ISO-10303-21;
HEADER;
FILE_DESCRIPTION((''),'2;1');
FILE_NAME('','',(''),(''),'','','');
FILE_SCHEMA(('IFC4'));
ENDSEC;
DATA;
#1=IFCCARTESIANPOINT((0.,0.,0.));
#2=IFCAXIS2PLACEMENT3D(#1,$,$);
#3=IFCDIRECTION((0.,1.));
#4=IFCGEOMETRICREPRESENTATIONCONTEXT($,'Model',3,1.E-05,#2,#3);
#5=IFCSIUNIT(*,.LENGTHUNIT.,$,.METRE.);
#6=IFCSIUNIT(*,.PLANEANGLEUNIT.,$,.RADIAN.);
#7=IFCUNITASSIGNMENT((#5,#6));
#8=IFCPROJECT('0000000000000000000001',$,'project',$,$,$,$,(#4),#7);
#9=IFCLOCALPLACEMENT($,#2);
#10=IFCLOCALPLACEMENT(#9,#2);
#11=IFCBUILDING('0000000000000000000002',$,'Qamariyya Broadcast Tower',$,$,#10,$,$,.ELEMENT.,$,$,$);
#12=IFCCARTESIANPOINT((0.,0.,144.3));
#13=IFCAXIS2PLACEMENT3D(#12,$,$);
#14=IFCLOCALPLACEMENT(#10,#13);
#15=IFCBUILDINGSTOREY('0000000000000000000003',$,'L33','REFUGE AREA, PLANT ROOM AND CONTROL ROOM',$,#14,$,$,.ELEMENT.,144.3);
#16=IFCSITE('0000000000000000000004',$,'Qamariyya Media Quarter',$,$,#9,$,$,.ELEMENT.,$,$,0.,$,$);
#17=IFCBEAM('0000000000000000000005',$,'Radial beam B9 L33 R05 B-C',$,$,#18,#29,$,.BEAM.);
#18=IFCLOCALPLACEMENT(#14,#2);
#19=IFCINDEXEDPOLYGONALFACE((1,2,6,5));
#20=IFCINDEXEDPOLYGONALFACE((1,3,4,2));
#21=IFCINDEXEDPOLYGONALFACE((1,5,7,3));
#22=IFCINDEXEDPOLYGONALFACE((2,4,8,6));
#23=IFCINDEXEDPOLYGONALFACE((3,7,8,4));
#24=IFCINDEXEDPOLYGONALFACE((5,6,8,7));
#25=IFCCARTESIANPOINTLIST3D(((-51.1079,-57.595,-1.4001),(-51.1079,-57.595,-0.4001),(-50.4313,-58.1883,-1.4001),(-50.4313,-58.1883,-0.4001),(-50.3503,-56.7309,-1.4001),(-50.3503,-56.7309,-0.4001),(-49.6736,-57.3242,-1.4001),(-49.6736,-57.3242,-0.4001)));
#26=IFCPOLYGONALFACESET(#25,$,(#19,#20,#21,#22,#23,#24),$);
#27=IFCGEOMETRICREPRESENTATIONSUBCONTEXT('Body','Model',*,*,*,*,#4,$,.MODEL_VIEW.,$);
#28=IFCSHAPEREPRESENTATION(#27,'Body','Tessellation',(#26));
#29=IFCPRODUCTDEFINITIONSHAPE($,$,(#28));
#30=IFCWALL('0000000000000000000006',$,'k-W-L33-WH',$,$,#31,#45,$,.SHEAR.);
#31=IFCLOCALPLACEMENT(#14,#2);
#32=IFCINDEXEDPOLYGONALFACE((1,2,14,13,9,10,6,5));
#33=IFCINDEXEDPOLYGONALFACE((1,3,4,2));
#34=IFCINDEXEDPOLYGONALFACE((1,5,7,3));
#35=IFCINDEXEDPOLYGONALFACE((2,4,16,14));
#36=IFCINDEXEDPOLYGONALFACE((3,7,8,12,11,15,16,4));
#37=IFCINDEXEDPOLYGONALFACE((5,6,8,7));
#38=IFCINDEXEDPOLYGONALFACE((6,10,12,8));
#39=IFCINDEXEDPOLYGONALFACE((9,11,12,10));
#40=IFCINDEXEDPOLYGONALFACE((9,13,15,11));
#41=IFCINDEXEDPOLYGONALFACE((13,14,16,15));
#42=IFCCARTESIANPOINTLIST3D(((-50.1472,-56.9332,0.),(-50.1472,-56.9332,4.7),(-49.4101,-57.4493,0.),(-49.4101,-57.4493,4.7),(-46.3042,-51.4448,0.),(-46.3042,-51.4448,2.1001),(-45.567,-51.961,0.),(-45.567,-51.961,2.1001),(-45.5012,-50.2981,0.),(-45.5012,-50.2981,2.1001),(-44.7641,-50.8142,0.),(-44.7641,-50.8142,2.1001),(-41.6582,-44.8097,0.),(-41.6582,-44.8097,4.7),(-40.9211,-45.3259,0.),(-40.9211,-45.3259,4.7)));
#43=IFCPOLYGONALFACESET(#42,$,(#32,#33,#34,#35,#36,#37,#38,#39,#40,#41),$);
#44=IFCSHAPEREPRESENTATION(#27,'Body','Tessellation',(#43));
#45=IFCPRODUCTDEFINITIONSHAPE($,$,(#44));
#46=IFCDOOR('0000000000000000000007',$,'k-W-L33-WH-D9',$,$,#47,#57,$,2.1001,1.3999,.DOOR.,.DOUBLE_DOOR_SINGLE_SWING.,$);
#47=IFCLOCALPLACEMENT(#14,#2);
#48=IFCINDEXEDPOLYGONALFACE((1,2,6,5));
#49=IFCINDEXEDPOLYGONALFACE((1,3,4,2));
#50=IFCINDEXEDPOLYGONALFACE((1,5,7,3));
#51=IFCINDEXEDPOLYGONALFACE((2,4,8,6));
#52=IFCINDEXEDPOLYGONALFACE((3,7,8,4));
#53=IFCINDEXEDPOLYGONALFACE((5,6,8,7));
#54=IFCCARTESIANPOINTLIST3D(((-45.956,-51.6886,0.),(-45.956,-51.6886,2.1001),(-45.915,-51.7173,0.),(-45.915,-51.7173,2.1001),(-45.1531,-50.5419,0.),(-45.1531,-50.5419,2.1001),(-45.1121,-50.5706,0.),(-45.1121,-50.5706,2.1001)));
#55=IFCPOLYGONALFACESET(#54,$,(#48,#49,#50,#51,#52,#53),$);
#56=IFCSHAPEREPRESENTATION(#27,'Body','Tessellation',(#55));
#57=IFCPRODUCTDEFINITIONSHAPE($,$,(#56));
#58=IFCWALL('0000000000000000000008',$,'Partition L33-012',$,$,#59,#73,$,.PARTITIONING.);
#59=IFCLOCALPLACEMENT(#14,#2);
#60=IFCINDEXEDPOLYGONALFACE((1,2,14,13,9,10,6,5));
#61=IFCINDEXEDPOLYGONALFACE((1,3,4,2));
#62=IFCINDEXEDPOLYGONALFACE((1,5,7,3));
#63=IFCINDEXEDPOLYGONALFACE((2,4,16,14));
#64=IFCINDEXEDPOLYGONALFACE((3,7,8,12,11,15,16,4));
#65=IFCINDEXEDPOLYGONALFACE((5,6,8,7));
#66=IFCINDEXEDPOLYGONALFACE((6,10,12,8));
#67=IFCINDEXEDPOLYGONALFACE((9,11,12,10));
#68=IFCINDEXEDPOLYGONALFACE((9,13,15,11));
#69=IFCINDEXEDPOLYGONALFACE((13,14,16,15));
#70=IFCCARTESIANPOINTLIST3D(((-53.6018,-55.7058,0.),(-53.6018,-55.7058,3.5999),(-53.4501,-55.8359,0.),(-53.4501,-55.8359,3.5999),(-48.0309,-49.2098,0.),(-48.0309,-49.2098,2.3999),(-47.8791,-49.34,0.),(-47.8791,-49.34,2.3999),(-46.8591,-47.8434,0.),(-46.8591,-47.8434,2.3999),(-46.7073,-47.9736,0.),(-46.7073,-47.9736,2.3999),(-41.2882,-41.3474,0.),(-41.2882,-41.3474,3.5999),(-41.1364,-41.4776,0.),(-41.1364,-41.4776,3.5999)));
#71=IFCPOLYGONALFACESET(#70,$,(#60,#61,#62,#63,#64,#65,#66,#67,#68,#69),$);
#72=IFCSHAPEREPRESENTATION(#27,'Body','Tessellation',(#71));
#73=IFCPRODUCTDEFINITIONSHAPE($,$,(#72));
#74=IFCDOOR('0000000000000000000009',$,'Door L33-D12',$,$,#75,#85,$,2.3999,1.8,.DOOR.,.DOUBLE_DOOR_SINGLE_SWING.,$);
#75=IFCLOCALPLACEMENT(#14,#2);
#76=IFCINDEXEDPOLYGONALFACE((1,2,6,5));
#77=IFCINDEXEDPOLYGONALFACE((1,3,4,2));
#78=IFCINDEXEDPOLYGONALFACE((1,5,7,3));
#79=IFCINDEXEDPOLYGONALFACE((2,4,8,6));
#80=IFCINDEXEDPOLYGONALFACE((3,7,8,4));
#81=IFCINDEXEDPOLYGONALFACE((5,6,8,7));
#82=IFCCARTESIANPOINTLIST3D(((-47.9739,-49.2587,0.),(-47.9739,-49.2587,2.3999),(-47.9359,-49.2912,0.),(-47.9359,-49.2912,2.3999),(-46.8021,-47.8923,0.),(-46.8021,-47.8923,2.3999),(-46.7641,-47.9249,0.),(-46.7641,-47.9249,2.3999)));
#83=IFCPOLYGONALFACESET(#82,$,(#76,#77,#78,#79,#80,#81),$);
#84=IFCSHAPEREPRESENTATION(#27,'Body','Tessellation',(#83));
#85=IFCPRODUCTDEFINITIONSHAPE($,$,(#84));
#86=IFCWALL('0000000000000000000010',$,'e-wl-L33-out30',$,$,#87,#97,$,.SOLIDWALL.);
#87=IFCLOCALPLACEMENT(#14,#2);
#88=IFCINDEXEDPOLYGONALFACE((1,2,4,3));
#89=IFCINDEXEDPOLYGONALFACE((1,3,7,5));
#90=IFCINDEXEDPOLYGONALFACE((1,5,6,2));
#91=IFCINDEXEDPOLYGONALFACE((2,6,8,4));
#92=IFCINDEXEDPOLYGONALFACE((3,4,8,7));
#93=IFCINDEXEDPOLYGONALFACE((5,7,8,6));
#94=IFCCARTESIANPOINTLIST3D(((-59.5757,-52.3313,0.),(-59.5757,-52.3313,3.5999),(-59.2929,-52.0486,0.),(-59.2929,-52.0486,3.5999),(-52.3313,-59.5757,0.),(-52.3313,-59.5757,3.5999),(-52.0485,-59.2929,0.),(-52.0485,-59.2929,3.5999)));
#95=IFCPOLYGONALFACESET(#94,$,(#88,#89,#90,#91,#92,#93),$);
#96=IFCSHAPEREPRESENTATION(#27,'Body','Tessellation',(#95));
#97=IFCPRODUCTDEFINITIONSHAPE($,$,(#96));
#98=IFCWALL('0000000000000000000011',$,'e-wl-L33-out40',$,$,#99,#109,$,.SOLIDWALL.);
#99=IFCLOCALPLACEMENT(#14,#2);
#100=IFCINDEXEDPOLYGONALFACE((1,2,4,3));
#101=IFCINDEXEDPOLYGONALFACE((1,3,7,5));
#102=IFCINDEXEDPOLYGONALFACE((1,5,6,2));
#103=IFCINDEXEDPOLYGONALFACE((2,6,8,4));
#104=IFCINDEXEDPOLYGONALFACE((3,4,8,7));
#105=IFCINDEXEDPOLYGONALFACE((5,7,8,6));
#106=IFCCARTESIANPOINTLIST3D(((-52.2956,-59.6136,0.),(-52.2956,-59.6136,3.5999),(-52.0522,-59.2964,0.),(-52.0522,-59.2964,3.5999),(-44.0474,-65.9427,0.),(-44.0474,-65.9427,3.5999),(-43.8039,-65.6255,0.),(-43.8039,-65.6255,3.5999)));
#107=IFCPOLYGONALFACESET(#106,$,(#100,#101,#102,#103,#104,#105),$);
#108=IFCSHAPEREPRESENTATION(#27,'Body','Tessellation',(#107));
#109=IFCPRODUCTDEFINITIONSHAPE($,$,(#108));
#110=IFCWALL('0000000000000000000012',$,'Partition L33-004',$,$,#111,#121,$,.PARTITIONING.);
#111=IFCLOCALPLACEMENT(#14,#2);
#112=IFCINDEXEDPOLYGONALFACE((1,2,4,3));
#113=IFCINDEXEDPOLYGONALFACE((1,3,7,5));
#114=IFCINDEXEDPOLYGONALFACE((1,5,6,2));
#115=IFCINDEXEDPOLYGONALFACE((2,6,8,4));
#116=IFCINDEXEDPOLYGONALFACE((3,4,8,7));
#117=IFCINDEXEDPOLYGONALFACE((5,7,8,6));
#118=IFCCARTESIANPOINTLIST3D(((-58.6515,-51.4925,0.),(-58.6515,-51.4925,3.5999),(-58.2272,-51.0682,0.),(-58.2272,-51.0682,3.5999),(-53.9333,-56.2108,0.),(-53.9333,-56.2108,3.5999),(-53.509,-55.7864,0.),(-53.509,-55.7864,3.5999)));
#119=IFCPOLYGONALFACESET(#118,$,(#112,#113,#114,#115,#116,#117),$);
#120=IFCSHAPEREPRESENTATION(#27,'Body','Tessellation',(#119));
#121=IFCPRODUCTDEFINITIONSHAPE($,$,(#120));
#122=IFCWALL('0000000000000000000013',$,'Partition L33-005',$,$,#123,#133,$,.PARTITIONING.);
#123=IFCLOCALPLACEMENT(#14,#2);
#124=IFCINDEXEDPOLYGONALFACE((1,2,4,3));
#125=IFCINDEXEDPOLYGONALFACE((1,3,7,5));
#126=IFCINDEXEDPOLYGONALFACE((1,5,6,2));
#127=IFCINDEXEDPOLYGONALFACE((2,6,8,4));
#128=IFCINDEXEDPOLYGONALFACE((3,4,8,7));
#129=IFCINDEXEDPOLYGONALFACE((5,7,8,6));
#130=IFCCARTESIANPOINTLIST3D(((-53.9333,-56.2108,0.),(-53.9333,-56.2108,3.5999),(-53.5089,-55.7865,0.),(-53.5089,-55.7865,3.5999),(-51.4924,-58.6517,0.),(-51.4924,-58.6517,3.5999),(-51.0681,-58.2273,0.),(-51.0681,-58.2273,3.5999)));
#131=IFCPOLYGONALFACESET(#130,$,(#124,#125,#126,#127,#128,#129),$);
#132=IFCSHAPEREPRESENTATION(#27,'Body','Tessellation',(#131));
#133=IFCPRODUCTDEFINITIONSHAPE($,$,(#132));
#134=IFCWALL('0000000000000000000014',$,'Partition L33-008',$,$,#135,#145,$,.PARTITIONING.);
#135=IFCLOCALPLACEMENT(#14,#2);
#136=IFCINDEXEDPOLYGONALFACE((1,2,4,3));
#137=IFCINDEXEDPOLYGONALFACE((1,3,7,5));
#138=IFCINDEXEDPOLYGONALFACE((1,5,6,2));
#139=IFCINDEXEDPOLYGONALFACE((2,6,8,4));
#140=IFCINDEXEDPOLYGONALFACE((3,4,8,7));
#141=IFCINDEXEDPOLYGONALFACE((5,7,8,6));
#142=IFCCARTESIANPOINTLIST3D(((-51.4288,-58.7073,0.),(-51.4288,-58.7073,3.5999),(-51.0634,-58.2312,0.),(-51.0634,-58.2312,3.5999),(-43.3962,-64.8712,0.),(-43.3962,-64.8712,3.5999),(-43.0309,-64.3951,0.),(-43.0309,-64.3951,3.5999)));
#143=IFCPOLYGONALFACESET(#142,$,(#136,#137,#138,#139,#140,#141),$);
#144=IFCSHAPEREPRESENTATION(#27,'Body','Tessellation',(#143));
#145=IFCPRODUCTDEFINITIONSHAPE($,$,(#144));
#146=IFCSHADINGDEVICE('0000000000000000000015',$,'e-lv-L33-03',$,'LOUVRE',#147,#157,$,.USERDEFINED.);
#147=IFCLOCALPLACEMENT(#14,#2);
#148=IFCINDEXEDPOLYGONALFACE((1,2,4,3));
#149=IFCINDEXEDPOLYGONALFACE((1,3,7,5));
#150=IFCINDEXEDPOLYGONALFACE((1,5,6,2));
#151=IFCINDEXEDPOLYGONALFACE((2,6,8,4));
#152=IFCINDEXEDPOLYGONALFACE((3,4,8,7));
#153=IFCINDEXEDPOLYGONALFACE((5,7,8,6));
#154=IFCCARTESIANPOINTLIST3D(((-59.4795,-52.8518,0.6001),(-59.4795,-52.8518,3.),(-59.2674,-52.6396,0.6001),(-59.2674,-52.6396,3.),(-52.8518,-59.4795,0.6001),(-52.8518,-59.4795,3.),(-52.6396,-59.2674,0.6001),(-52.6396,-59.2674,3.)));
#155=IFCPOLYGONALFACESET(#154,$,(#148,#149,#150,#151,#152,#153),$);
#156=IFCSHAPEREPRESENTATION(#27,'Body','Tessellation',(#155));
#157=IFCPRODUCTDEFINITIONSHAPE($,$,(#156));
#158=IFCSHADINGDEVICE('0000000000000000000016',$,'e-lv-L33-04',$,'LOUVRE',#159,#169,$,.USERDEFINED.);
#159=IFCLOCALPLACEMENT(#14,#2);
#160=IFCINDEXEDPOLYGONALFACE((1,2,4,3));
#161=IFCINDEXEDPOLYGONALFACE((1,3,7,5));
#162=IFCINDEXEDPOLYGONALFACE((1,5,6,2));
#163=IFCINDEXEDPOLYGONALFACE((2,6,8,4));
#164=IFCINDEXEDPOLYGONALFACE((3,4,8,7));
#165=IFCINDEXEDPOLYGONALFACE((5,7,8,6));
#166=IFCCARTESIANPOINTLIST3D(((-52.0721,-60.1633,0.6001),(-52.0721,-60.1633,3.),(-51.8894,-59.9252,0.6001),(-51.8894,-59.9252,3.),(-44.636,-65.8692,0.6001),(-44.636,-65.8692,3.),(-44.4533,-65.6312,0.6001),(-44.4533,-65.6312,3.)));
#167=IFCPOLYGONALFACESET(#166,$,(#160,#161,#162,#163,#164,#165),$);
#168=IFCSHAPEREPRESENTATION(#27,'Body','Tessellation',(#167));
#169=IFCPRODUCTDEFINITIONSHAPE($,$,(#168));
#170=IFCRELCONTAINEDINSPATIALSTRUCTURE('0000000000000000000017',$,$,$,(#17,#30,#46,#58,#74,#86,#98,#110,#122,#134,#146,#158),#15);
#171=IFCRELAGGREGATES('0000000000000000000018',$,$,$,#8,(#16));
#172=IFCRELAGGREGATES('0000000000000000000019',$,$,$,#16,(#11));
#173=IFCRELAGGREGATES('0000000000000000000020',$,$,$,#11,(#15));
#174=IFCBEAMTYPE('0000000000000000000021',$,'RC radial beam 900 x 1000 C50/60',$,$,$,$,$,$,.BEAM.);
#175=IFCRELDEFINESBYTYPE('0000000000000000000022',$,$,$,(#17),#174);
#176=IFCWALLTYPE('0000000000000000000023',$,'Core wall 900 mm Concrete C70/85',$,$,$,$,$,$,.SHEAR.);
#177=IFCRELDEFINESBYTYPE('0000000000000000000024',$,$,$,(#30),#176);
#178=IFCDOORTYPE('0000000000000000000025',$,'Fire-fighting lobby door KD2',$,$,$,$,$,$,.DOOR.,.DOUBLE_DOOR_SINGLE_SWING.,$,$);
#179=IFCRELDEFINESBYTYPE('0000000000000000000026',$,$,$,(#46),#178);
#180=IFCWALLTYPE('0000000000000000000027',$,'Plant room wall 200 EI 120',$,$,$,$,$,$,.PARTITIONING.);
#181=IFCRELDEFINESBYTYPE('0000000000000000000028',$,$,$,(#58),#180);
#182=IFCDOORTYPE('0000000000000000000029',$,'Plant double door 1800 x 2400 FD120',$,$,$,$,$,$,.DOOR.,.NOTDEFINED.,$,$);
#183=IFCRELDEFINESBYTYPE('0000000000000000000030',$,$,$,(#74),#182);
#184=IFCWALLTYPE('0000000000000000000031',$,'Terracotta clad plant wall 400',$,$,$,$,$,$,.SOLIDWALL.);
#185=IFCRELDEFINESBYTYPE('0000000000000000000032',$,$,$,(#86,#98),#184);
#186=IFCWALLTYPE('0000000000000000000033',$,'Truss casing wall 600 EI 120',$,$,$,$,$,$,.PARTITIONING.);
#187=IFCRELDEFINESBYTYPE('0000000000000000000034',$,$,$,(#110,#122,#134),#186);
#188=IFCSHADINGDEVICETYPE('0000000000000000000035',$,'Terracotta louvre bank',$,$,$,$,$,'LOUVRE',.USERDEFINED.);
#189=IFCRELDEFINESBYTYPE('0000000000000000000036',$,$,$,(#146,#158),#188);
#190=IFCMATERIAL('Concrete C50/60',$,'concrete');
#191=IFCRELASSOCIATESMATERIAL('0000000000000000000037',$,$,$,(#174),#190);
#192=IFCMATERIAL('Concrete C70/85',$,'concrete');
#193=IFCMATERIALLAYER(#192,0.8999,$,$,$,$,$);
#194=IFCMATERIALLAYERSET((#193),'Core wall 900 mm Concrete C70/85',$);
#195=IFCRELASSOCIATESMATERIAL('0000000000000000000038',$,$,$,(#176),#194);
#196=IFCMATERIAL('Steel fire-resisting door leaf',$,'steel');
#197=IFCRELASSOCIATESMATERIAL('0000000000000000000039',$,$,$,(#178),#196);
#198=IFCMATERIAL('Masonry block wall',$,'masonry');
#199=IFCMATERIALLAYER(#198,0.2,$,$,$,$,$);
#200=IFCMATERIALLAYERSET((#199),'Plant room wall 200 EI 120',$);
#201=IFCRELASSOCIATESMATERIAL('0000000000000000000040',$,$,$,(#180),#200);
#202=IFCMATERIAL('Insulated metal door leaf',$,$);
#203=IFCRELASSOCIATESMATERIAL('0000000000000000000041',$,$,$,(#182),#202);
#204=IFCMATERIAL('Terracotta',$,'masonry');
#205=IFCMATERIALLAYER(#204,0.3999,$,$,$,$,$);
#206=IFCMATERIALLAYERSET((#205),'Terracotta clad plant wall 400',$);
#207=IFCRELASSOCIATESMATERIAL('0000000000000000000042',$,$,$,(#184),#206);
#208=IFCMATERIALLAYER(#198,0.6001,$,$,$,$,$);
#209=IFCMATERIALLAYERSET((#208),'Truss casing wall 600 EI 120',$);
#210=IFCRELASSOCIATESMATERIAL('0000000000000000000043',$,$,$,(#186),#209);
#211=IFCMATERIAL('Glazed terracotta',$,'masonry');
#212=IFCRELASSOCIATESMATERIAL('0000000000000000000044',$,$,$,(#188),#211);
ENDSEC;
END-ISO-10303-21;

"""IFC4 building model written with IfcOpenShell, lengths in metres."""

from ifc_helpers import new_model, si_unit, direction, frame, frame_2d, origin, origin_2d, place, context, subcontext, project, spatial, rectangle, extrude, material, layer, layer_set, material_profile, profile_set, type_object, element, fill, save


model = new_model("IFC4")

# Units and contexts
model_context = context("Model", 3, precision=1e-05, world=origin(), true_north=direction((0.0, 1.0)))
body_context = subcontext(model_context, "Body", "Model", "MODEL_VIEW")
ifc_project = project(units=[si_unit("LENGTHUNIT", "METRE"), si_unit("PLANEANGLEUNIT", "RADIAN")], contexts=[model_context])

# Site, building, storey
site_placement = place(None, origin())
site = spatial("IfcSite", under=ifc_project, at=site_placement, Name="Qamariyya Media Quarter", CompositionType="ELEMENT", RefElevation=0.0)
building_placement = place(site_placement, origin())
building = spatial("IfcBuilding", under=site, at=building_placement, Name="Qamariyya Broadcast Tower", CompositionType="ELEMENT")
storey_placement = place(building_placement, frame((0.0, 0.0, 144.3)))
storey = spatial("IfcBuildingStorey", under=building, at=storey_placement, Name="L33", Description="REFUGE AREA, PLANT ROOM AND CONTROL ROOM", CompositionType="ELEMENT", Elevation=144.3)

# Shared definitions
ifc_material_1 = material(Name="Concrete C70/85", Category="concrete")

# Beam
ifc_material_2 = material(Name="Concrete C50/60", Category="concrete")
ifc_material_profile_1 = material_profile(ifc_material_2, rectangle(XDim=0.8999, YDim=1.0, at=origin_2d()))
ifc_profile_set_1 = profile_set([ifc_material_profile_1], Name="Concrete C50/60")
beam_type_1 = type_object("IfcBeamType", Name="RC radial beam 900 x 1000 C50/60", PredefinedType="BEAM", material=ifc_profile_set_1)
beam_1_placement = place(storey_placement, frame((-50.012, -57.0276, -0.9001), z_axis=(-0.659271, -0.751905, 0.0), x_axis=(0.751905, -0.659271, 0.0)))
element("IfcBeam", 1, at=beam_1_placement, inside=storey, type_object=beam_type_1, Name="Radial beam B9 L33 R05 B-C", PredefinedType="BEAM", context=body_context, shape_type="SweptSolid", body=[
    extrude(rectangle(XDim=0.8999, YDim=1.0, at=origin_2d()), origin(), (0.0, 0.0, 1.0), 1.1492),
])

# Walls, openings, doors
ifc_layer_1 = layer(ifc_material_1, 0.8999)
ifc_layer_set_1 = layer_set([ifc_layer_1], Name="Core wall 900 mm Concrete C70/85")
wall_type_1 = type_object("IfcWallType", Name="Core wall 900 mm Concrete C70/85", PredefinedType="SHEAR", material=ifc_layer_set_1)
wall_1_placement = place(storey_placement, frame((-49.7786, -57.1912, 0.0), z_axis=(0.0, 0.0, 1.0), x_axis=(0.573577, 0.819151, 0.0)))
wall_1 = element("IfcWall", 2, at=wall_1_placement, inside=storey, type_object=wall_type_1, Name="k-W-L33-WH", PredefinedType="SHEAR", context=body_context, shape_type="SweptSolid", body=[
    extrude(rectangle(XDim=14.8, YDim=0.8999, at=frame_2d((7.3999, 0.0))), origin(), (0.0, 0.0, 1.0), 4.7),
])
opening_1_placement = place(wall_1_placement, frame((6.7, 0.0, 0.0)))
opening_1 = element("IfcOpeningElement", 3, at=opening_1_placement, cuts=wall_1, PredefinedType="OPENING", context=body_context, shape_type="SweptSolid", body=[
    extrude(rectangle(XDim=1.3999, YDim=2.1001, at=frame_2d((0.7, 1.05))), frame((0.0, 0.46, 0.0), z_axis=(0.0, -1.0, 0.0), x_axis=(1.0, 0.0, 0.0)), (0.0, 0.0, 1.0), 0.9199),
])
ifc_material_3 = material(Name="Steel fire-resisting door leaf", Category="steel")
door_type_1 = type_object("IfcDoorType", Name="Fire-fighting lobby door KD2", OperationType="DOUBLE_DOOR_SINGLE_SWING", PredefinedType="DOOR", material=ifc_material_3)
door_1_placement = place(opening_1_placement, origin())
door_1 = element("IfcDoor", 4, at=door_1_placement, inside=storey, type_object=door_type_1, Name="k-W-L33-WH-D9", OperationType="DOUBLE_DOOR_SINGLE_SWING", OverallHeight=2.1001, OverallWidth=1.3999, PredefinedType="DOOR", context=body_context, shape_type="SweptSolid", body=[
    extrude(rectangle(XDim=1.3999, YDim=2.1001, at=frame_2d((0.7, 1.05))), frame((0.0, 0.0249, 0.0), z_axis=(0.0, -1.0, 0.0), x_axis=(1.0, 0.0, 0.0)), (0.0, 0.0, 1.0), 0.05),
])
fill(opening_1, door_1)
ifc_material_4 = material(Name="Masonry block wall", Category="masonry")
ifc_layer_2 = layer(ifc_material_4, 0.2)
ifc_layer_set_2 = layer_set([ifc_layer_2], Name="Plant room wall 200 EI 120")
wall_type_2 = type_object("IfcWallType", Name="Plant room wall 200 EI 120", PredefinedType="PARTITIONING", material=ifc_layer_set_2)
wall_2_placement = place(storey_placement, frame((-53.5259, -55.7708, 0.0), z_axis=(0.0, 0.0, 1.0), x_axis=(0.65099, 0.759086, 0.0)))
wall_2 = element("IfcWall", 5, at=wall_2_placement, inside=storey, type_object=wall_type_2, Name="Partition L33-012", PredefinedType="PARTITIONING", context=body_context, shape_type="SweptSolid", body=[
    extrude(rectangle(XDim=18.9153, YDim=0.2, at=frame_2d((9.4575, 0.0))), origin(), (0.0, 0.0, 1.0), 3.5999),
])
opening_2_placement = place(wall_2_placement, frame((8.5576, 0.0, 0.0)))
opening_2 = element("IfcOpeningElement", 6, at=opening_2_placement, cuts=wall_2, PredefinedType="OPENING", context=body_context, shape_type="SweptSolid", body=[
    extrude(rectangle(XDim=1.8, YDim=2.3999, at=frame_2d((0.8999, 1.2))), frame((0.0, 0.1099, 0.0), z_axis=(0.0, -1.0, 0.0), x_axis=(1.0, 0.0, 0.0)), (0.0, 0.0, 1.0), 0.22),
])
ifc_material_5 = material(Name="Insulated metal door leaf")
door_type_2 = type_object("IfcDoorType", Name="Plant double door 1800 x 2400 FD120", OperationType="NOTDEFINED", PredefinedType="DOOR", material=ifc_material_5)
door_2_placement = place(opening_2_placement, origin())
door_2 = element("IfcDoor", 7, at=door_2_placement, inside=storey, type_object=door_type_2, Name="Door L33-D12", OperationType="DOUBLE_DOOR_SINGLE_SWING", OverallHeight=2.3999, OverallWidth=1.8, PredefinedType="DOOR", context=body_context, shape_type="SweptSolid", body=[
    extrude(rectangle(XDim=1.8, YDim=2.3999, at=frame_2d((0.8999, 1.2))), frame((0.0, 0.0249, 0.0), z_axis=(0.0, -1.0, 0.0), x_axis=(1.0, 0.0, 0.0)), (0.0, 0.0, 1.0), 0.05),
])
fill(opening_2, door_2)

# Walls
ifc_material_6 = material(Name="Terracotta", Category="masonry")
ifc_layer_3 = layer(ifc_material_6, 0.3999)
ifc_layer_set_3 = layer_set([ifc_layer_3], Name="Terracotta clad plant wall 400")
wall_type_3 = type_object("IfcWallType", Name="Terracotta clad plant wall 400", PredefinedType="SOLIDWALL", material=ifc_layer_set_3)
wall_3_placement = place(storey_placement, frame((-59.4343, -52.1899, 0.0), z_axis=(0.0, 0.0, 1.0), x_axis=(0.707107, -0.707107, 0.0)))
element("IfcWall", 8, at=wall_3_placement, inside=storey, type_object=wall_type_3, Name="e-wl-L33-out30", PredefinedType="SOLIDWALL", context=body_context, shape_type="SweptSolid", body=[
    extrude(rectangle(XDim=10.2451, YDim=0.3999, at=frame_2d((5.1226, 0.0))), origin(), (0.0, 0.0, 1.0), 3.5999),
])
wall_4_placement = place(storey_placement, frame((-52.1738, -59.4551, 0.0), z_axis=(0.0, 0.0, 1.0), x_axis=(0.793355, -0.608759, 0.0)))
element("IfcWall", 9, at=wall_4_placement, inside=storey, type_object=wall_type_3, Name="e-wl-L33-out40", PredefinedType="SOLIDWALL", context=body_context, shape_type="SweptSolid", body=[
    extrude(rectangle(XDim=10.3967, YDim=0.3999, at=frame_2d((5.1982, 0.0))), origin(), (0.0, 0.0, 1.0), 3.5999),
])
ifc_layer_4 = layer(ifc_material_4, 0.6001)
ifc_layer_set_4 = layer_set([ifc_layer_4], Name="Truss casing wall 600 EI 120")
wall_type_4 = type_object("IfcWallType", Name="Truss casing wall 600 EI 120", PredefinedType="PARTITIONING", material=ifc_layer_set_4)
wall_5_placement = place(storey_placement, frame((-58.4395, -51.2803, 0.0), z_axis=(0.0, 0.0, 1.0), x_axis=(0.707107, -0.707107, 0.0)))
element("IfcWall", 10, at=wall_5_placement, inside=storey, type_object=wall_type_4, Name="Partition L33-004", PredefinedType="PARTITIONING", context=body_context, shape_type="SweptSolid", body=[
    extrude(rectangle(XDim=6.6726, YDim=0.6001, at=frame_2d((3.3364, 0.0))), origin(), (0.0, 0.0, 1.0), 3.5999),
])
wall_6_placement = place(storey_placement, frame((-53.7212, -55.9985, 0.0), z_axis=(0.0, 0.0, 1.0), x_axis=(0.707107, -0.707107, 0.0)))
element("IfcWall", 11, at=wall_6_placement, inside=storey, type_object=wall_type_4, Name="Partition L33-005", PredefinedType="PARTITIONING", context=body_context, shape_type="SweptSolid", body=[
    extrude(rectangle(XDim=3.4519, YDim=0.6001, at=frame_2d((1.7261, 0.0))), origin(), (0.0, 0.0, 1.0), 3.5999),
])
wall_7_placement = place(storey_placement, frame((-51.2461, -58.4692, 0.0), z_axis=(0.0, 0.0, 1.0), x_axis=(0.79334, -0.608779, 0.0)))
element("IfcWall", 12, at=wall_7_placement, inside=storey, type_object=wall_type_4, Name="Partition L33-008", PredefinedType="PARTITIONING", context=body_context, shape_type="SweptSolid", body=[
    extrude(rectangle(XDim=10.125, YDim=0.6001, at=frame_2d((5.0625, 0.0))), origin(), (0.0, 0.0, 1.0), 3.5999),
])

# Shading devices
ifc_material_7 = material(Name="Glazed terracotta", Category="masonry")
shading_device_type = type_object("IfcShadingDeviceType", Name="Terracotta louvre bank", ElementType="LOUVRE", PredefinedType="USERDEFINED", material=ifc_material_7)
for number, where, z_axis, x_axis, name in (
    (13, (-56.0596, -56.0596, 0.6001), (0.0, 0.0, 1.0), (0.707107, -0.707107, 0.0), "e-lv-L33-03"),
    (14, (-48.2627, -62.8972, 0.6001), (0.0, 0.0, 1.0), (0.793353, -0.608761, 0.0), "e-lv-L33-04"),
):
    element("IfcShadingDevice", number, at=place(storey_placement, frame(where, z_axis=z_axis, x_axis=x_axis)), inside=storey, type_object=shading_device_type, Name=name, ObjectType="LOUVRE", PredefinedType="USERDEFINED", context=body_context, shape_type="SweptSolid", body=[
        extrude(rectangle(XDim=9.373, YDim=0.3, at=origin_2d()), origin(), (0.0, 0.0, 1.0), 2.3999),
    ])

save(model, "model.ifc")
